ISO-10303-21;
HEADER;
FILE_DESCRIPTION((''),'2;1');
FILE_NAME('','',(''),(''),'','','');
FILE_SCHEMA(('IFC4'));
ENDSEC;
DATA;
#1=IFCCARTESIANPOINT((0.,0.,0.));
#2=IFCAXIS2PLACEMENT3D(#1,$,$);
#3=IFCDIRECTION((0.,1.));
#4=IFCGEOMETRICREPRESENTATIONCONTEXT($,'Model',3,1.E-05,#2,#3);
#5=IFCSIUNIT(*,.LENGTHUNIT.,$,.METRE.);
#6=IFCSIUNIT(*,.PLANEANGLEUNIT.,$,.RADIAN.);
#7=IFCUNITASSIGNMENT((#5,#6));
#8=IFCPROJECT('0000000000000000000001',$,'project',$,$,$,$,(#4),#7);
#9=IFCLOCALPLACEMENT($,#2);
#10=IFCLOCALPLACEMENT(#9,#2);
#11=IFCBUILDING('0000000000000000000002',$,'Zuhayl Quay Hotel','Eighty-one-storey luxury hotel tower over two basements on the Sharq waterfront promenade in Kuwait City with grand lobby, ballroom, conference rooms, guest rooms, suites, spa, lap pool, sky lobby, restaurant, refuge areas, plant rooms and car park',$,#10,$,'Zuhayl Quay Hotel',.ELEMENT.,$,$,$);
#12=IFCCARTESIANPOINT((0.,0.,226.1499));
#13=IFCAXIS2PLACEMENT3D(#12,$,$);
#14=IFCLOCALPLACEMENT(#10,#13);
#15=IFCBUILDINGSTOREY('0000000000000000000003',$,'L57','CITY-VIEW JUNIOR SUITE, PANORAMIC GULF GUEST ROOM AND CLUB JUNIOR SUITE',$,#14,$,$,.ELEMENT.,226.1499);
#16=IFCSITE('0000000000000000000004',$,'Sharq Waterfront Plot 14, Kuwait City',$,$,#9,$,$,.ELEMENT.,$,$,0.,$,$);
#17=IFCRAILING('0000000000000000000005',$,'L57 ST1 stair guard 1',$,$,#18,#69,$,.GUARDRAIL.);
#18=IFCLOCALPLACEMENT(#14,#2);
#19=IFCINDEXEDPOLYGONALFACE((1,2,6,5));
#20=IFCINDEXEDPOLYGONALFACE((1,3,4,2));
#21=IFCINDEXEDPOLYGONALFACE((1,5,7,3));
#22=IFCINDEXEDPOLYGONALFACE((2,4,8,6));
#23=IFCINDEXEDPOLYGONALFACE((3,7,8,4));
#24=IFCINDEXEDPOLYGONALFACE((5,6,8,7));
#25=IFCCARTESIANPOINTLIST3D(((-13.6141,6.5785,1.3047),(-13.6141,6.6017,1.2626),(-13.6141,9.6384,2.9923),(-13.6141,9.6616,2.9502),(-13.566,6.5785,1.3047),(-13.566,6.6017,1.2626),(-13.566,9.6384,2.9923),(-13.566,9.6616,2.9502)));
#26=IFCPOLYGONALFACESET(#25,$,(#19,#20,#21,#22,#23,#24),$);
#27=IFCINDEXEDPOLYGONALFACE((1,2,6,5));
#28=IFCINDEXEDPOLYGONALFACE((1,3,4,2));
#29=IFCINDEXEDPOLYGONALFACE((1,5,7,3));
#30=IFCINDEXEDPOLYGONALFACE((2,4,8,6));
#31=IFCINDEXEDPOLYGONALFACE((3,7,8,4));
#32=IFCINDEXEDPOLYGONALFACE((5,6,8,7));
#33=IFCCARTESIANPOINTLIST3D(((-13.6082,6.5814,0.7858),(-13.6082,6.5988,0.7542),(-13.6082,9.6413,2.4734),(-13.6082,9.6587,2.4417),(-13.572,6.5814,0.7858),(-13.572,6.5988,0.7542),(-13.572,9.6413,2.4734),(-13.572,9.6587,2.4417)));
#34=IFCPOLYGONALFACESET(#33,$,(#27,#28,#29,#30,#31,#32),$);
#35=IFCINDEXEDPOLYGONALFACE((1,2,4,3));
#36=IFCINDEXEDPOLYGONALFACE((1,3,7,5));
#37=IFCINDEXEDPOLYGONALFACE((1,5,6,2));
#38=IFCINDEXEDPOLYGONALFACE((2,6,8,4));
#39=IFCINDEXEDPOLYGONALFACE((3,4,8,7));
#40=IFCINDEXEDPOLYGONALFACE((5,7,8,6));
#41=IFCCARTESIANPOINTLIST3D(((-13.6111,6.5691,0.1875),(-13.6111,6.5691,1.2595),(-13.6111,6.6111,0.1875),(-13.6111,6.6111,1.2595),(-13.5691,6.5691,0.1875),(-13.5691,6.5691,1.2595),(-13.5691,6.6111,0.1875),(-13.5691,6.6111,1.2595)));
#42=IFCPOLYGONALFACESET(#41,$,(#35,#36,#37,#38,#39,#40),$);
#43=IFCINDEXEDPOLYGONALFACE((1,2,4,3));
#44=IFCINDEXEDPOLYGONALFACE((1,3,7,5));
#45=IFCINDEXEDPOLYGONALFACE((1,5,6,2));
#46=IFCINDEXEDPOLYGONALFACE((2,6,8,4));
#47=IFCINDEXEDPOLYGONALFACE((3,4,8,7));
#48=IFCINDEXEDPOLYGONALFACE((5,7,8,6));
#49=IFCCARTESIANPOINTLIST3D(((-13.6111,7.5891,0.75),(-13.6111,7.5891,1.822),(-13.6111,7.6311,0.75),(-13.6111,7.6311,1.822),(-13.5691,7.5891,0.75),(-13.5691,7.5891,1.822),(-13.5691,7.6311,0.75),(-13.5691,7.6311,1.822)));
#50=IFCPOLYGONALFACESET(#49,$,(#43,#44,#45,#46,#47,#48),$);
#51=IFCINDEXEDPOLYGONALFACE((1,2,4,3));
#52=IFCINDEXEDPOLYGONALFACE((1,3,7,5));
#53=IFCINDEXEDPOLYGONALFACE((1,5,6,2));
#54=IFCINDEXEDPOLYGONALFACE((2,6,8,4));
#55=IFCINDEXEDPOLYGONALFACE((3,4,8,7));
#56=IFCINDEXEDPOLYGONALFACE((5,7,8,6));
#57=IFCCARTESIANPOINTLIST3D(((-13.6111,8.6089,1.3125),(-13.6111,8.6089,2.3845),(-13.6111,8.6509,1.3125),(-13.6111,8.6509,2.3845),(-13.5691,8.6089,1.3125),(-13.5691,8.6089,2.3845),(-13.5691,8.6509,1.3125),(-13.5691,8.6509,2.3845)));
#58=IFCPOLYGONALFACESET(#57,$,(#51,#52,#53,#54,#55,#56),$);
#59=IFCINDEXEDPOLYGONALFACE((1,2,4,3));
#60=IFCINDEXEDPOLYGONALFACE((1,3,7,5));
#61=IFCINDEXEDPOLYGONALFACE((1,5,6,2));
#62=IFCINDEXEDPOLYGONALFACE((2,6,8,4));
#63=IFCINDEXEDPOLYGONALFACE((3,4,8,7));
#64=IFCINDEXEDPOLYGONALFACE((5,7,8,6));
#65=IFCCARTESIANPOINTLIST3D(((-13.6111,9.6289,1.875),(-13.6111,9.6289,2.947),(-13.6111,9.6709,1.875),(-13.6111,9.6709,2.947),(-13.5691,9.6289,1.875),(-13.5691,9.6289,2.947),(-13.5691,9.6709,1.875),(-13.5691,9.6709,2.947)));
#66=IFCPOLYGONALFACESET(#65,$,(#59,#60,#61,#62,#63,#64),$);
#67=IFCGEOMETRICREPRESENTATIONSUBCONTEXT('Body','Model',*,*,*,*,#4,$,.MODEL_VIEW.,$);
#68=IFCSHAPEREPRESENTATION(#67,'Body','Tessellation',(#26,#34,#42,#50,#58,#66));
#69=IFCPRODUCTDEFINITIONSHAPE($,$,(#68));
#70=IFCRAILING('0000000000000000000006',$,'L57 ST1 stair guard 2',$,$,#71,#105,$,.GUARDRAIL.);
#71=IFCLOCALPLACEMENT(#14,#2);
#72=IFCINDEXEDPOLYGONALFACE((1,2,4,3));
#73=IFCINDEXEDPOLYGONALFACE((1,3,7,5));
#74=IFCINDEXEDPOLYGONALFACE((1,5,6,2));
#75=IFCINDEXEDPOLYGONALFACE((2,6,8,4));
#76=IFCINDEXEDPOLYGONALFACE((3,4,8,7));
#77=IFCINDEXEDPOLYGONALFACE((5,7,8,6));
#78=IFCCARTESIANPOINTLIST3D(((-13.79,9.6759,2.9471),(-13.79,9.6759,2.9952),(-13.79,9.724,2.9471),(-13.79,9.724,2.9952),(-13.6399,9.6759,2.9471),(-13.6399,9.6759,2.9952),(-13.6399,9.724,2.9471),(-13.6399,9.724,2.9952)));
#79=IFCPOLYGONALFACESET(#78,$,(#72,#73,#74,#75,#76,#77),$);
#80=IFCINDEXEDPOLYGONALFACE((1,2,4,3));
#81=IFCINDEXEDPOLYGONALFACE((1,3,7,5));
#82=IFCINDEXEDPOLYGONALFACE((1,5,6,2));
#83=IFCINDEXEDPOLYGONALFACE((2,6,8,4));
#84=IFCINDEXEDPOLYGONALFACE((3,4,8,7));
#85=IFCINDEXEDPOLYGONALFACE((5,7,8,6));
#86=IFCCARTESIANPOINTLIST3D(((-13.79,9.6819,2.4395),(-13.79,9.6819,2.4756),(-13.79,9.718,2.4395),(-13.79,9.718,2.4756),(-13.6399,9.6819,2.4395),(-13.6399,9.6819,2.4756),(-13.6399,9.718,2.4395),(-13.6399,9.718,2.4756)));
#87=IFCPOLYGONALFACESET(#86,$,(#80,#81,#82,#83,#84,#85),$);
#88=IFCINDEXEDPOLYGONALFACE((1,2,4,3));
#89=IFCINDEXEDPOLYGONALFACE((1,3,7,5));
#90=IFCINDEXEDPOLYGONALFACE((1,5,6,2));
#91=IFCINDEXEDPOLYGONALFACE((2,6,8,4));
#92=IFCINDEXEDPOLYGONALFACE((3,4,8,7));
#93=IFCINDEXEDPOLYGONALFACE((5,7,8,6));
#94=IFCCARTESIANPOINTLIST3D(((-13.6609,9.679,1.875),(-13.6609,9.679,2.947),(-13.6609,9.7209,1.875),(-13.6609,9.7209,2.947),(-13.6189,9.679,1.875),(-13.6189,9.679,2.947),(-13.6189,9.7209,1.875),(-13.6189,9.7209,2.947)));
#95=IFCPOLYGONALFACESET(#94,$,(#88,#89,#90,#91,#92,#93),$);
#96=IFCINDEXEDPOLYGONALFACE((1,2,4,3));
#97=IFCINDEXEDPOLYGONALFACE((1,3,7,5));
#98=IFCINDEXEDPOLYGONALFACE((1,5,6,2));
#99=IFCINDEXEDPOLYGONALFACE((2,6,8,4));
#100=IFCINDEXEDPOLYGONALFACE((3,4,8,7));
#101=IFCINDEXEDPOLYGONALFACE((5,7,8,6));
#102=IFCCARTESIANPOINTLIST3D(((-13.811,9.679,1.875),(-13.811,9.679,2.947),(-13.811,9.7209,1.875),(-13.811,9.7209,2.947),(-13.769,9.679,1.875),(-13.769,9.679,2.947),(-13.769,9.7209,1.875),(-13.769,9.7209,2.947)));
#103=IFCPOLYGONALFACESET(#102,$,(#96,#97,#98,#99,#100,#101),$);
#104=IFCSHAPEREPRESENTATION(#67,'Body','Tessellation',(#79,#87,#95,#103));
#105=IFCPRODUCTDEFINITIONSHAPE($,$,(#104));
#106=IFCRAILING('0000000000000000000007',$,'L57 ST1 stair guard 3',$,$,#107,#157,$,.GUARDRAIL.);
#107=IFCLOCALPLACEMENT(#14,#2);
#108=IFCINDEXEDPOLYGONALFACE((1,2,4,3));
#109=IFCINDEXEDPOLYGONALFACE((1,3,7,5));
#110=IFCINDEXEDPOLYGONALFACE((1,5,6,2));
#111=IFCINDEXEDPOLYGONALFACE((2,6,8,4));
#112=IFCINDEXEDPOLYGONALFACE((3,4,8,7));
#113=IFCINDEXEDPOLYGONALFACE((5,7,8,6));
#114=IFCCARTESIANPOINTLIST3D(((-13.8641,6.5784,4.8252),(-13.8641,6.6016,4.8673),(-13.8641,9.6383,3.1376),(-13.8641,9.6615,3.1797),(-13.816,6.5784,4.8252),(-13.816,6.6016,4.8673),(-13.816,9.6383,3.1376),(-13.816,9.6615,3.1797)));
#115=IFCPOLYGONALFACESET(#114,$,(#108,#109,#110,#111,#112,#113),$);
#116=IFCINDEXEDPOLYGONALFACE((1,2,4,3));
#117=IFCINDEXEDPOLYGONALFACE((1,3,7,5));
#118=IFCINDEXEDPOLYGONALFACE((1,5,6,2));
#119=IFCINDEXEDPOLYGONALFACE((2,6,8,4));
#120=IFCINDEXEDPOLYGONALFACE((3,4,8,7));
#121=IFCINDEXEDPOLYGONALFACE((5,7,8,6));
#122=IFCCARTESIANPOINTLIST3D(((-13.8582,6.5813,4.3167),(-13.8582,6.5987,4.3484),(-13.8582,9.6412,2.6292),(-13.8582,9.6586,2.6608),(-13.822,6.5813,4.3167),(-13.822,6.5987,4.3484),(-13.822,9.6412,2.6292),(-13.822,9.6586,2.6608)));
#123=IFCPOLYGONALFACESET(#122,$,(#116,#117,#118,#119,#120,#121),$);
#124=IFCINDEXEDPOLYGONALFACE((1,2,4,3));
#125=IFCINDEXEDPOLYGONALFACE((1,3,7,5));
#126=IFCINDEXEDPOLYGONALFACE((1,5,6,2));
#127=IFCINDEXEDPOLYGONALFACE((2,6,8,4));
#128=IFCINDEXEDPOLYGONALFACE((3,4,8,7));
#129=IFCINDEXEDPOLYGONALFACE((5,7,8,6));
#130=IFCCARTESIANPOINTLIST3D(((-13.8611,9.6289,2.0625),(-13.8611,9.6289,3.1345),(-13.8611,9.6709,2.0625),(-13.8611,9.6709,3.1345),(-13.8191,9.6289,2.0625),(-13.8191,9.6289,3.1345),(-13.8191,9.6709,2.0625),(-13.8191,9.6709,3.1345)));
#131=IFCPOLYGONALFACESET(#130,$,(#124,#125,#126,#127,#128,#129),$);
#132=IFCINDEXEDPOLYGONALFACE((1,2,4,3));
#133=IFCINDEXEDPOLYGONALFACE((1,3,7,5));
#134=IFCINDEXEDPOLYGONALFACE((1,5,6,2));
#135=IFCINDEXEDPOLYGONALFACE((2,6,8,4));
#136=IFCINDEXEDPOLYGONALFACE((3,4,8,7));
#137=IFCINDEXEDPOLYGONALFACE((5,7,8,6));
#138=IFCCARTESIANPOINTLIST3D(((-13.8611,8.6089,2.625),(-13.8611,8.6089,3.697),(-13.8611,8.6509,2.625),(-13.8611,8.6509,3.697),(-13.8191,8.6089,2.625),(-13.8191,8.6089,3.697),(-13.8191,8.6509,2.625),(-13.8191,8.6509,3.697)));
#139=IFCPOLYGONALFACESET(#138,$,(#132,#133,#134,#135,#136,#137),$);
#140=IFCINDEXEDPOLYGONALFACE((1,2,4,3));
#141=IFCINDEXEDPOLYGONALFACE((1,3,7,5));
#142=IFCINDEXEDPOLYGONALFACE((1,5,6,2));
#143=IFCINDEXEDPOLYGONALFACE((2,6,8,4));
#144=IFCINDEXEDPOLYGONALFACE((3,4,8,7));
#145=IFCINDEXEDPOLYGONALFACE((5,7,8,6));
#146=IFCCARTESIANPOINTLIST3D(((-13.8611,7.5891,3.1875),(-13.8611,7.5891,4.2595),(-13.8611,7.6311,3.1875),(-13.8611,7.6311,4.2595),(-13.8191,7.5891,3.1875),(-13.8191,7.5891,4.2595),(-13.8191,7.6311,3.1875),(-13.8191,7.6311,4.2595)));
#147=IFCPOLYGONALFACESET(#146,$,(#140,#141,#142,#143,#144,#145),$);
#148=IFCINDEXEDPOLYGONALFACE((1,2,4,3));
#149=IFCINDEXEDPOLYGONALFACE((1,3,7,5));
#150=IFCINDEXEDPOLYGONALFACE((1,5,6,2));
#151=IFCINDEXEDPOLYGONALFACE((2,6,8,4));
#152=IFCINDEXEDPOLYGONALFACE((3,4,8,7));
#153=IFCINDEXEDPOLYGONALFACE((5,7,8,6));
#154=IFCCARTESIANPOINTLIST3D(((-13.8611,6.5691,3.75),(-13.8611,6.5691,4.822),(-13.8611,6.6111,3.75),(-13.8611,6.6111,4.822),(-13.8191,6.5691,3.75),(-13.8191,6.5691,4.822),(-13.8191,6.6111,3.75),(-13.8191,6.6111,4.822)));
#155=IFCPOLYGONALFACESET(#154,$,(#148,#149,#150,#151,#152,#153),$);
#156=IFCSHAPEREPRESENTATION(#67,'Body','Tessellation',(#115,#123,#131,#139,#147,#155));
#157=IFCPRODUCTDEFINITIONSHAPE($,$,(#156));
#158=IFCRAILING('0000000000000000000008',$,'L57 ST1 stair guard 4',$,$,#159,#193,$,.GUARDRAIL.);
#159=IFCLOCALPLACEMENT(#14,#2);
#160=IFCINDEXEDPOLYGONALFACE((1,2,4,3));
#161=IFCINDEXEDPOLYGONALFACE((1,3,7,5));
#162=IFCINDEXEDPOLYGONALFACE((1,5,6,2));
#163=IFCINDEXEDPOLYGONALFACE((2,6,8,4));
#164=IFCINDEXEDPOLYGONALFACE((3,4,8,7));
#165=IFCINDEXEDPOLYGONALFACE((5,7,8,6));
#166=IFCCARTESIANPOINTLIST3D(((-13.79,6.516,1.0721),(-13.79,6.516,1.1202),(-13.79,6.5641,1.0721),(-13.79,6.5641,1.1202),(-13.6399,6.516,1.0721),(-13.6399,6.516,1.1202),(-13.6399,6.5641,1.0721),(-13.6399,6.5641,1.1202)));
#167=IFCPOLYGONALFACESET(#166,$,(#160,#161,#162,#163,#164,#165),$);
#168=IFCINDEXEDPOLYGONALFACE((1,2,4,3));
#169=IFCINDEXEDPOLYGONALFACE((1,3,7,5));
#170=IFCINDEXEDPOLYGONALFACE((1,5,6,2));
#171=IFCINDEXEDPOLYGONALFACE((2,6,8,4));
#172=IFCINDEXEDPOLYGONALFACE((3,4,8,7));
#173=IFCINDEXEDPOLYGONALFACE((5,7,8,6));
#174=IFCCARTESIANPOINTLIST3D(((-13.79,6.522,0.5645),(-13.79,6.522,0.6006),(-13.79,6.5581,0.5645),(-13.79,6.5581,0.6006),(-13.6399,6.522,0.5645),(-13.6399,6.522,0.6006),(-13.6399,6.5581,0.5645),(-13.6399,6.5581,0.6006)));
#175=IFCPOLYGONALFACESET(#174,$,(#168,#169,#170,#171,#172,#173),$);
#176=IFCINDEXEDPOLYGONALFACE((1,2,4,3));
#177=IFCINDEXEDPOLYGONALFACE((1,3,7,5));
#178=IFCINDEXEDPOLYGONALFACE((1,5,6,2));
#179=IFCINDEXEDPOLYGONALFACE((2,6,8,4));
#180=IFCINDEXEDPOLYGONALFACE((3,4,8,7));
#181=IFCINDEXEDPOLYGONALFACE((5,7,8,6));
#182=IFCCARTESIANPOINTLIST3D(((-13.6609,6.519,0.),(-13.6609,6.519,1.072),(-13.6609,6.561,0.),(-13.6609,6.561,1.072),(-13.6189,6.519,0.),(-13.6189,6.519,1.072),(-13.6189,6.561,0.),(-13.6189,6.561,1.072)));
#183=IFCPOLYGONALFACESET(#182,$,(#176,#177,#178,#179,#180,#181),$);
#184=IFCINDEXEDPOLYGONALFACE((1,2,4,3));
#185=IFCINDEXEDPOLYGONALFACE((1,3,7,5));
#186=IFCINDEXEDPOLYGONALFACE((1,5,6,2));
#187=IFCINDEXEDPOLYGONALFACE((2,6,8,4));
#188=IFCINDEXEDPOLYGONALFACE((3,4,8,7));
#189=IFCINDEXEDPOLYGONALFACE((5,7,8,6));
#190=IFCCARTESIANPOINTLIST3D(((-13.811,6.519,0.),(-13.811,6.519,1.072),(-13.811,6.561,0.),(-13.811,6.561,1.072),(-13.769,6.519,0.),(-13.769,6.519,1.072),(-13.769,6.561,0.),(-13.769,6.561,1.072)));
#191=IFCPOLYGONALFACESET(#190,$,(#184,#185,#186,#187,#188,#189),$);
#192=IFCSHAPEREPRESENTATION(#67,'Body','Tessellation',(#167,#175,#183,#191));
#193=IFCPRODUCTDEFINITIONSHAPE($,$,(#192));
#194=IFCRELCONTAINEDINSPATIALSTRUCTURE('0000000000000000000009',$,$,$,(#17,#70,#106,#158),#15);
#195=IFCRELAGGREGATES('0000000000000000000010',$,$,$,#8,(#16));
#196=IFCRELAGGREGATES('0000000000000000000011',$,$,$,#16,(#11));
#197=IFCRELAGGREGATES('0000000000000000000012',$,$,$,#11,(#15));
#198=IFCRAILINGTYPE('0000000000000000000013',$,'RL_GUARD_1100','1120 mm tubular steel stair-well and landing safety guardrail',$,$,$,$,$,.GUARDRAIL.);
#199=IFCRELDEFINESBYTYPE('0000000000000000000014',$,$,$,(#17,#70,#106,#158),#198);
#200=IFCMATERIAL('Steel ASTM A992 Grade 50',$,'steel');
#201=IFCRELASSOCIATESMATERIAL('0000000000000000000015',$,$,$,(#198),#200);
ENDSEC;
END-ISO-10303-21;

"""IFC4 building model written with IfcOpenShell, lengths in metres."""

from ifc_helpers import new_model, si_unit, direction, frame, origin, origin_2d, place, context, subcontext, project, spatial, rectangle, extrude, material, type_object, element, save


model = new_model("IFC4")

# Units and contexts
model_context = context("Model", 3, precision=1e-05, world=origin(), true_north=direction((0.0, 1.0)))
body_context = subcontext(model_context, "Body", "Model", "MODEL_VIEW")
ifc_project = project(units=[si_unit("LENGTHUNIT", "METRE"), si_unit("PLANEANGLEUNIT", "RADIAN")], contexts=[model_context])

# Site, building, storey
site_placement = place(None, origin())
site = spatial("IfcSite", under=ifc_project, at=site_placement, Name="Sharq Waterfront Plot 14, Kuwait City", CompositionType="ELEMENT", RefElevation=0.0)
building_placement = place(site_placement, origin())
building = spatial("IfcBuilding", under=site, at=building_placement, Name="Zuhayl Quay Hotel", Description="Eighty-one-storey luxury hotel tower over two basements on the Sharq waterfront promenade in Kuwait City with grand lobby, ballroom, conference rooms, guest rooms, suites, spa, lap pool, sky lobby, restaurant, refuge areas, plant rooms and car park", LongName="Zuhayl Quay Hotel", CompositionType="ELEMENT")
storey_placement = place(building_placement, frame((0.0, 0.0, 226.1499)))
storey = spatial("IfcBuildingStorey", under=building, at=storey_placement, Name="L57", Description="CITY-VIEW JUNIOR SUITE, PANORAMIC GULF GUEST ROOM AND CLUB JUNIOR SUITE", CompositionType="ELEMENT", Elevation=226.1499)

# Shared definitions
ifc_material_1 = material(Name="Steel ASTM A992 Grade 50", Category="steel")

# Railings
railing_type_1 = type_object("IfcRailingType", Name="RL_GUARD_1100", Description="1120 mm tubular steel stair-well and landing safety guardrail", PredefinedType="GUARDRAIL", material=ifc_material_1)
railing_1_placement = place(storey_placement, frame((-13.5901, 6.5901, 0.1875)))
element("IfcRailing", 1, at=railing_1_placement, inside=storey, type_object=railing_type_1, Name="L57 ST1 stair guard 1", PredefinedType="GUARDRAIL", context=body_context, shape_type="SweptSolid", body=[
    extrude(rectangle(XDim=0.0481, YDim=0.0481, at=origin_2d()), frame((0.0, 0.0, 1.0962), z_axis=(0.0, 0.875659, 0.48293), x_axis=(-1.0, 0.0, 0.0)), (0.0, 0.0, 1.0), 3.4944),
    extrude(rectangle(XDim=0.0361, YDim=0.0361, at=origin_2d()), frame((0.0, 0.0, 0.5825), z_axis=(0.0, 0.875659, 0.48293), x_axis=(-1.0, 0.0, 0.0)), (0.0, 0.0, 1.0), 3.4944),
    extrude(rectangle(XDim=0.042, YDim=0.042, at=origin_2d()), origin(), (0.0, 0.0, 1.0), 1.072),
    extrude(rectangle(XDim=0.042, YDim=0.042, at=origin_2d()), frame((0.0, 1.02, 0.5625)), (0.0, 0.0, 1.0), 1.072),
    extrude(rectangle(XDim=0.042, YDim=0.042, at=origin_2d()), frame((0.0, 2.0398, 1.125)), (0.0, 0.0, 1.0), 1.072),
    extrude(rectangle(XDim=0.042, YDim=0.042, at=origin_2d()), frame((0.0, 3.0598, 1.6875)), (0.0, 0.0, 1.0), 1.072),
])
railing_2_placement = place(storey_placement, frame((-13.6399, 9.7, 1.875)))
element("IfcRailing", 2, at=railing_2_placement, inside=storey, type_object=railing_type_1, Name="L57 ST1 stair guard 2", PredefinedType="GUARDRAIL", context=body_context, shape_type="SweptSolid", body=[
    extrude(rectangle(XDim=0.0481, YDim=0.0481, at=origin_2d()), frame((0.0, 0.0, 1.0962), z_axis=(-1.0, 0.0, 0.0), x_axis=(0.0, -1.0, 0.0)), (0.0, 0.0, 1.0), 0.1501),
    extrude(rectangle(XDim=0.0361, YDim=0.0361, at=origin_2d()), frame((0.0, 0.0, 0.5825), z_axis=(-1.0, 0.0, 0.0), x_axis=(0.0, -1.0, 0.0)), (0.0, 0.0, 1.0), 0.1501),
    extrude(rectangle(XDim=0.042, YDim=0.042, at=origin_2d()), origin(), (0.0, 0.0, 1.0), 1.072),
    extrude(rectangle(XDim=0.042, YDim=0.042, at=origin_2d()), frame((-0.1501, 0.0, 0.0)), (0.0, 0.0, 1.0), 1.072),
])
railing_3_placement = place(storey_placement, frame((-13.8401, 9.6499, 2.0625)))
element("IfcRailing", 3, at=railing_3_placement, inside=storey, type_object=railing_type_1, Name="L57 ST1 stair guard 3", PredefinedType="GUARDRAIL", context=body_context, shape_type="SweptSolid", body=[
    extrude(rectangle(XDim=0.0481, YDim=0.0481, at=origin_2d()), frame((0.0, 0.0, 1.0962), z_axis=(0.0, -0.875659, 0.48293), x_axis=(1.0, 0.0, 0.0)), (0.0, 0.0, 1.0), 3.4944),
    extrude(rectangle(XDim=0.0361, YDim=0.0361, at=origin_2d()), frame((0.0, 0.0, 0.5825), z_axis=(0.0, -0.875659, 0.48293), x_axis=(1.0, 0.0, 0.0)), (0.0, 0.0, 1.0), 3.4944),
    extrude(rectangle(XDim=0.042, YDim=0.042, at=origin_2d()), origin(), (0.0, 0.0, 1.0), 1.072),
    extrude(rectangle(XDim=0.042, YDim=0.042, at=origin_2d()), frame((0.0, -1.02, 0.5625)), (0.0, 0.0, 1.0), 1.072),
    extrude(rectangle(XDim=0.042, YDim=0.042, at=origin_2d()), frame((0.0, -2.0398, 1.125)), (0.0, 0.0, 1.0), 1.072),
    extrude(rectangle(XDim=0.042, YDim=0.042, at=origin_2d()), frame((0.0, -3.0598, 1.6875)), (0.0, 0.0, 1.0), 1.072),
])
railing_4_placement = place(storey_placement, frame((-13.6399, 6.54, 0.0)))
element("IfcRailing", 4, at=railing_4_placement, inside=storey, type_object=railing_type_1, Name="L57 ST1 stair guard 4", PredefinedType="GUARDRAIL", context=body_context, shape_type="SweptSolid", body=[
    extrude(rectangle(XDim=0.0481, YDim=0.0481, at=origin_2d()), frame((0.0, 0.0, 1.0962), z_axis=(-1.0, 0.0, 0.0), x_axis=(0.0, -1.0, 0.0)), (0.0, 0.0, 1.0), 0.1501),
    extrude(rectangle(XDim=0.0361, YDim=0.0361, at=origin_2d()), frame((0.0, 0.0, 0.5825), z_axis=(-1.0, 0.0, 0.0), x_axis=(0.0, -1.0, 0.0)), (0.0, 0.0, 1.0), 0.1501),
    extrude(rectangle(XDim=0.042, YDim=0.042, at=origin_2d()), origin(), (0.0, 0.0, 1.0), 1.072),
    extrude(rectangle(XDim=0.042, YDim=0.042, at=origin_2d()), frame((-0.1501, 0.0, 0.0)), (0.0, 0.0, 1.0), 1.072),
])

save(model, "model.ifc")
